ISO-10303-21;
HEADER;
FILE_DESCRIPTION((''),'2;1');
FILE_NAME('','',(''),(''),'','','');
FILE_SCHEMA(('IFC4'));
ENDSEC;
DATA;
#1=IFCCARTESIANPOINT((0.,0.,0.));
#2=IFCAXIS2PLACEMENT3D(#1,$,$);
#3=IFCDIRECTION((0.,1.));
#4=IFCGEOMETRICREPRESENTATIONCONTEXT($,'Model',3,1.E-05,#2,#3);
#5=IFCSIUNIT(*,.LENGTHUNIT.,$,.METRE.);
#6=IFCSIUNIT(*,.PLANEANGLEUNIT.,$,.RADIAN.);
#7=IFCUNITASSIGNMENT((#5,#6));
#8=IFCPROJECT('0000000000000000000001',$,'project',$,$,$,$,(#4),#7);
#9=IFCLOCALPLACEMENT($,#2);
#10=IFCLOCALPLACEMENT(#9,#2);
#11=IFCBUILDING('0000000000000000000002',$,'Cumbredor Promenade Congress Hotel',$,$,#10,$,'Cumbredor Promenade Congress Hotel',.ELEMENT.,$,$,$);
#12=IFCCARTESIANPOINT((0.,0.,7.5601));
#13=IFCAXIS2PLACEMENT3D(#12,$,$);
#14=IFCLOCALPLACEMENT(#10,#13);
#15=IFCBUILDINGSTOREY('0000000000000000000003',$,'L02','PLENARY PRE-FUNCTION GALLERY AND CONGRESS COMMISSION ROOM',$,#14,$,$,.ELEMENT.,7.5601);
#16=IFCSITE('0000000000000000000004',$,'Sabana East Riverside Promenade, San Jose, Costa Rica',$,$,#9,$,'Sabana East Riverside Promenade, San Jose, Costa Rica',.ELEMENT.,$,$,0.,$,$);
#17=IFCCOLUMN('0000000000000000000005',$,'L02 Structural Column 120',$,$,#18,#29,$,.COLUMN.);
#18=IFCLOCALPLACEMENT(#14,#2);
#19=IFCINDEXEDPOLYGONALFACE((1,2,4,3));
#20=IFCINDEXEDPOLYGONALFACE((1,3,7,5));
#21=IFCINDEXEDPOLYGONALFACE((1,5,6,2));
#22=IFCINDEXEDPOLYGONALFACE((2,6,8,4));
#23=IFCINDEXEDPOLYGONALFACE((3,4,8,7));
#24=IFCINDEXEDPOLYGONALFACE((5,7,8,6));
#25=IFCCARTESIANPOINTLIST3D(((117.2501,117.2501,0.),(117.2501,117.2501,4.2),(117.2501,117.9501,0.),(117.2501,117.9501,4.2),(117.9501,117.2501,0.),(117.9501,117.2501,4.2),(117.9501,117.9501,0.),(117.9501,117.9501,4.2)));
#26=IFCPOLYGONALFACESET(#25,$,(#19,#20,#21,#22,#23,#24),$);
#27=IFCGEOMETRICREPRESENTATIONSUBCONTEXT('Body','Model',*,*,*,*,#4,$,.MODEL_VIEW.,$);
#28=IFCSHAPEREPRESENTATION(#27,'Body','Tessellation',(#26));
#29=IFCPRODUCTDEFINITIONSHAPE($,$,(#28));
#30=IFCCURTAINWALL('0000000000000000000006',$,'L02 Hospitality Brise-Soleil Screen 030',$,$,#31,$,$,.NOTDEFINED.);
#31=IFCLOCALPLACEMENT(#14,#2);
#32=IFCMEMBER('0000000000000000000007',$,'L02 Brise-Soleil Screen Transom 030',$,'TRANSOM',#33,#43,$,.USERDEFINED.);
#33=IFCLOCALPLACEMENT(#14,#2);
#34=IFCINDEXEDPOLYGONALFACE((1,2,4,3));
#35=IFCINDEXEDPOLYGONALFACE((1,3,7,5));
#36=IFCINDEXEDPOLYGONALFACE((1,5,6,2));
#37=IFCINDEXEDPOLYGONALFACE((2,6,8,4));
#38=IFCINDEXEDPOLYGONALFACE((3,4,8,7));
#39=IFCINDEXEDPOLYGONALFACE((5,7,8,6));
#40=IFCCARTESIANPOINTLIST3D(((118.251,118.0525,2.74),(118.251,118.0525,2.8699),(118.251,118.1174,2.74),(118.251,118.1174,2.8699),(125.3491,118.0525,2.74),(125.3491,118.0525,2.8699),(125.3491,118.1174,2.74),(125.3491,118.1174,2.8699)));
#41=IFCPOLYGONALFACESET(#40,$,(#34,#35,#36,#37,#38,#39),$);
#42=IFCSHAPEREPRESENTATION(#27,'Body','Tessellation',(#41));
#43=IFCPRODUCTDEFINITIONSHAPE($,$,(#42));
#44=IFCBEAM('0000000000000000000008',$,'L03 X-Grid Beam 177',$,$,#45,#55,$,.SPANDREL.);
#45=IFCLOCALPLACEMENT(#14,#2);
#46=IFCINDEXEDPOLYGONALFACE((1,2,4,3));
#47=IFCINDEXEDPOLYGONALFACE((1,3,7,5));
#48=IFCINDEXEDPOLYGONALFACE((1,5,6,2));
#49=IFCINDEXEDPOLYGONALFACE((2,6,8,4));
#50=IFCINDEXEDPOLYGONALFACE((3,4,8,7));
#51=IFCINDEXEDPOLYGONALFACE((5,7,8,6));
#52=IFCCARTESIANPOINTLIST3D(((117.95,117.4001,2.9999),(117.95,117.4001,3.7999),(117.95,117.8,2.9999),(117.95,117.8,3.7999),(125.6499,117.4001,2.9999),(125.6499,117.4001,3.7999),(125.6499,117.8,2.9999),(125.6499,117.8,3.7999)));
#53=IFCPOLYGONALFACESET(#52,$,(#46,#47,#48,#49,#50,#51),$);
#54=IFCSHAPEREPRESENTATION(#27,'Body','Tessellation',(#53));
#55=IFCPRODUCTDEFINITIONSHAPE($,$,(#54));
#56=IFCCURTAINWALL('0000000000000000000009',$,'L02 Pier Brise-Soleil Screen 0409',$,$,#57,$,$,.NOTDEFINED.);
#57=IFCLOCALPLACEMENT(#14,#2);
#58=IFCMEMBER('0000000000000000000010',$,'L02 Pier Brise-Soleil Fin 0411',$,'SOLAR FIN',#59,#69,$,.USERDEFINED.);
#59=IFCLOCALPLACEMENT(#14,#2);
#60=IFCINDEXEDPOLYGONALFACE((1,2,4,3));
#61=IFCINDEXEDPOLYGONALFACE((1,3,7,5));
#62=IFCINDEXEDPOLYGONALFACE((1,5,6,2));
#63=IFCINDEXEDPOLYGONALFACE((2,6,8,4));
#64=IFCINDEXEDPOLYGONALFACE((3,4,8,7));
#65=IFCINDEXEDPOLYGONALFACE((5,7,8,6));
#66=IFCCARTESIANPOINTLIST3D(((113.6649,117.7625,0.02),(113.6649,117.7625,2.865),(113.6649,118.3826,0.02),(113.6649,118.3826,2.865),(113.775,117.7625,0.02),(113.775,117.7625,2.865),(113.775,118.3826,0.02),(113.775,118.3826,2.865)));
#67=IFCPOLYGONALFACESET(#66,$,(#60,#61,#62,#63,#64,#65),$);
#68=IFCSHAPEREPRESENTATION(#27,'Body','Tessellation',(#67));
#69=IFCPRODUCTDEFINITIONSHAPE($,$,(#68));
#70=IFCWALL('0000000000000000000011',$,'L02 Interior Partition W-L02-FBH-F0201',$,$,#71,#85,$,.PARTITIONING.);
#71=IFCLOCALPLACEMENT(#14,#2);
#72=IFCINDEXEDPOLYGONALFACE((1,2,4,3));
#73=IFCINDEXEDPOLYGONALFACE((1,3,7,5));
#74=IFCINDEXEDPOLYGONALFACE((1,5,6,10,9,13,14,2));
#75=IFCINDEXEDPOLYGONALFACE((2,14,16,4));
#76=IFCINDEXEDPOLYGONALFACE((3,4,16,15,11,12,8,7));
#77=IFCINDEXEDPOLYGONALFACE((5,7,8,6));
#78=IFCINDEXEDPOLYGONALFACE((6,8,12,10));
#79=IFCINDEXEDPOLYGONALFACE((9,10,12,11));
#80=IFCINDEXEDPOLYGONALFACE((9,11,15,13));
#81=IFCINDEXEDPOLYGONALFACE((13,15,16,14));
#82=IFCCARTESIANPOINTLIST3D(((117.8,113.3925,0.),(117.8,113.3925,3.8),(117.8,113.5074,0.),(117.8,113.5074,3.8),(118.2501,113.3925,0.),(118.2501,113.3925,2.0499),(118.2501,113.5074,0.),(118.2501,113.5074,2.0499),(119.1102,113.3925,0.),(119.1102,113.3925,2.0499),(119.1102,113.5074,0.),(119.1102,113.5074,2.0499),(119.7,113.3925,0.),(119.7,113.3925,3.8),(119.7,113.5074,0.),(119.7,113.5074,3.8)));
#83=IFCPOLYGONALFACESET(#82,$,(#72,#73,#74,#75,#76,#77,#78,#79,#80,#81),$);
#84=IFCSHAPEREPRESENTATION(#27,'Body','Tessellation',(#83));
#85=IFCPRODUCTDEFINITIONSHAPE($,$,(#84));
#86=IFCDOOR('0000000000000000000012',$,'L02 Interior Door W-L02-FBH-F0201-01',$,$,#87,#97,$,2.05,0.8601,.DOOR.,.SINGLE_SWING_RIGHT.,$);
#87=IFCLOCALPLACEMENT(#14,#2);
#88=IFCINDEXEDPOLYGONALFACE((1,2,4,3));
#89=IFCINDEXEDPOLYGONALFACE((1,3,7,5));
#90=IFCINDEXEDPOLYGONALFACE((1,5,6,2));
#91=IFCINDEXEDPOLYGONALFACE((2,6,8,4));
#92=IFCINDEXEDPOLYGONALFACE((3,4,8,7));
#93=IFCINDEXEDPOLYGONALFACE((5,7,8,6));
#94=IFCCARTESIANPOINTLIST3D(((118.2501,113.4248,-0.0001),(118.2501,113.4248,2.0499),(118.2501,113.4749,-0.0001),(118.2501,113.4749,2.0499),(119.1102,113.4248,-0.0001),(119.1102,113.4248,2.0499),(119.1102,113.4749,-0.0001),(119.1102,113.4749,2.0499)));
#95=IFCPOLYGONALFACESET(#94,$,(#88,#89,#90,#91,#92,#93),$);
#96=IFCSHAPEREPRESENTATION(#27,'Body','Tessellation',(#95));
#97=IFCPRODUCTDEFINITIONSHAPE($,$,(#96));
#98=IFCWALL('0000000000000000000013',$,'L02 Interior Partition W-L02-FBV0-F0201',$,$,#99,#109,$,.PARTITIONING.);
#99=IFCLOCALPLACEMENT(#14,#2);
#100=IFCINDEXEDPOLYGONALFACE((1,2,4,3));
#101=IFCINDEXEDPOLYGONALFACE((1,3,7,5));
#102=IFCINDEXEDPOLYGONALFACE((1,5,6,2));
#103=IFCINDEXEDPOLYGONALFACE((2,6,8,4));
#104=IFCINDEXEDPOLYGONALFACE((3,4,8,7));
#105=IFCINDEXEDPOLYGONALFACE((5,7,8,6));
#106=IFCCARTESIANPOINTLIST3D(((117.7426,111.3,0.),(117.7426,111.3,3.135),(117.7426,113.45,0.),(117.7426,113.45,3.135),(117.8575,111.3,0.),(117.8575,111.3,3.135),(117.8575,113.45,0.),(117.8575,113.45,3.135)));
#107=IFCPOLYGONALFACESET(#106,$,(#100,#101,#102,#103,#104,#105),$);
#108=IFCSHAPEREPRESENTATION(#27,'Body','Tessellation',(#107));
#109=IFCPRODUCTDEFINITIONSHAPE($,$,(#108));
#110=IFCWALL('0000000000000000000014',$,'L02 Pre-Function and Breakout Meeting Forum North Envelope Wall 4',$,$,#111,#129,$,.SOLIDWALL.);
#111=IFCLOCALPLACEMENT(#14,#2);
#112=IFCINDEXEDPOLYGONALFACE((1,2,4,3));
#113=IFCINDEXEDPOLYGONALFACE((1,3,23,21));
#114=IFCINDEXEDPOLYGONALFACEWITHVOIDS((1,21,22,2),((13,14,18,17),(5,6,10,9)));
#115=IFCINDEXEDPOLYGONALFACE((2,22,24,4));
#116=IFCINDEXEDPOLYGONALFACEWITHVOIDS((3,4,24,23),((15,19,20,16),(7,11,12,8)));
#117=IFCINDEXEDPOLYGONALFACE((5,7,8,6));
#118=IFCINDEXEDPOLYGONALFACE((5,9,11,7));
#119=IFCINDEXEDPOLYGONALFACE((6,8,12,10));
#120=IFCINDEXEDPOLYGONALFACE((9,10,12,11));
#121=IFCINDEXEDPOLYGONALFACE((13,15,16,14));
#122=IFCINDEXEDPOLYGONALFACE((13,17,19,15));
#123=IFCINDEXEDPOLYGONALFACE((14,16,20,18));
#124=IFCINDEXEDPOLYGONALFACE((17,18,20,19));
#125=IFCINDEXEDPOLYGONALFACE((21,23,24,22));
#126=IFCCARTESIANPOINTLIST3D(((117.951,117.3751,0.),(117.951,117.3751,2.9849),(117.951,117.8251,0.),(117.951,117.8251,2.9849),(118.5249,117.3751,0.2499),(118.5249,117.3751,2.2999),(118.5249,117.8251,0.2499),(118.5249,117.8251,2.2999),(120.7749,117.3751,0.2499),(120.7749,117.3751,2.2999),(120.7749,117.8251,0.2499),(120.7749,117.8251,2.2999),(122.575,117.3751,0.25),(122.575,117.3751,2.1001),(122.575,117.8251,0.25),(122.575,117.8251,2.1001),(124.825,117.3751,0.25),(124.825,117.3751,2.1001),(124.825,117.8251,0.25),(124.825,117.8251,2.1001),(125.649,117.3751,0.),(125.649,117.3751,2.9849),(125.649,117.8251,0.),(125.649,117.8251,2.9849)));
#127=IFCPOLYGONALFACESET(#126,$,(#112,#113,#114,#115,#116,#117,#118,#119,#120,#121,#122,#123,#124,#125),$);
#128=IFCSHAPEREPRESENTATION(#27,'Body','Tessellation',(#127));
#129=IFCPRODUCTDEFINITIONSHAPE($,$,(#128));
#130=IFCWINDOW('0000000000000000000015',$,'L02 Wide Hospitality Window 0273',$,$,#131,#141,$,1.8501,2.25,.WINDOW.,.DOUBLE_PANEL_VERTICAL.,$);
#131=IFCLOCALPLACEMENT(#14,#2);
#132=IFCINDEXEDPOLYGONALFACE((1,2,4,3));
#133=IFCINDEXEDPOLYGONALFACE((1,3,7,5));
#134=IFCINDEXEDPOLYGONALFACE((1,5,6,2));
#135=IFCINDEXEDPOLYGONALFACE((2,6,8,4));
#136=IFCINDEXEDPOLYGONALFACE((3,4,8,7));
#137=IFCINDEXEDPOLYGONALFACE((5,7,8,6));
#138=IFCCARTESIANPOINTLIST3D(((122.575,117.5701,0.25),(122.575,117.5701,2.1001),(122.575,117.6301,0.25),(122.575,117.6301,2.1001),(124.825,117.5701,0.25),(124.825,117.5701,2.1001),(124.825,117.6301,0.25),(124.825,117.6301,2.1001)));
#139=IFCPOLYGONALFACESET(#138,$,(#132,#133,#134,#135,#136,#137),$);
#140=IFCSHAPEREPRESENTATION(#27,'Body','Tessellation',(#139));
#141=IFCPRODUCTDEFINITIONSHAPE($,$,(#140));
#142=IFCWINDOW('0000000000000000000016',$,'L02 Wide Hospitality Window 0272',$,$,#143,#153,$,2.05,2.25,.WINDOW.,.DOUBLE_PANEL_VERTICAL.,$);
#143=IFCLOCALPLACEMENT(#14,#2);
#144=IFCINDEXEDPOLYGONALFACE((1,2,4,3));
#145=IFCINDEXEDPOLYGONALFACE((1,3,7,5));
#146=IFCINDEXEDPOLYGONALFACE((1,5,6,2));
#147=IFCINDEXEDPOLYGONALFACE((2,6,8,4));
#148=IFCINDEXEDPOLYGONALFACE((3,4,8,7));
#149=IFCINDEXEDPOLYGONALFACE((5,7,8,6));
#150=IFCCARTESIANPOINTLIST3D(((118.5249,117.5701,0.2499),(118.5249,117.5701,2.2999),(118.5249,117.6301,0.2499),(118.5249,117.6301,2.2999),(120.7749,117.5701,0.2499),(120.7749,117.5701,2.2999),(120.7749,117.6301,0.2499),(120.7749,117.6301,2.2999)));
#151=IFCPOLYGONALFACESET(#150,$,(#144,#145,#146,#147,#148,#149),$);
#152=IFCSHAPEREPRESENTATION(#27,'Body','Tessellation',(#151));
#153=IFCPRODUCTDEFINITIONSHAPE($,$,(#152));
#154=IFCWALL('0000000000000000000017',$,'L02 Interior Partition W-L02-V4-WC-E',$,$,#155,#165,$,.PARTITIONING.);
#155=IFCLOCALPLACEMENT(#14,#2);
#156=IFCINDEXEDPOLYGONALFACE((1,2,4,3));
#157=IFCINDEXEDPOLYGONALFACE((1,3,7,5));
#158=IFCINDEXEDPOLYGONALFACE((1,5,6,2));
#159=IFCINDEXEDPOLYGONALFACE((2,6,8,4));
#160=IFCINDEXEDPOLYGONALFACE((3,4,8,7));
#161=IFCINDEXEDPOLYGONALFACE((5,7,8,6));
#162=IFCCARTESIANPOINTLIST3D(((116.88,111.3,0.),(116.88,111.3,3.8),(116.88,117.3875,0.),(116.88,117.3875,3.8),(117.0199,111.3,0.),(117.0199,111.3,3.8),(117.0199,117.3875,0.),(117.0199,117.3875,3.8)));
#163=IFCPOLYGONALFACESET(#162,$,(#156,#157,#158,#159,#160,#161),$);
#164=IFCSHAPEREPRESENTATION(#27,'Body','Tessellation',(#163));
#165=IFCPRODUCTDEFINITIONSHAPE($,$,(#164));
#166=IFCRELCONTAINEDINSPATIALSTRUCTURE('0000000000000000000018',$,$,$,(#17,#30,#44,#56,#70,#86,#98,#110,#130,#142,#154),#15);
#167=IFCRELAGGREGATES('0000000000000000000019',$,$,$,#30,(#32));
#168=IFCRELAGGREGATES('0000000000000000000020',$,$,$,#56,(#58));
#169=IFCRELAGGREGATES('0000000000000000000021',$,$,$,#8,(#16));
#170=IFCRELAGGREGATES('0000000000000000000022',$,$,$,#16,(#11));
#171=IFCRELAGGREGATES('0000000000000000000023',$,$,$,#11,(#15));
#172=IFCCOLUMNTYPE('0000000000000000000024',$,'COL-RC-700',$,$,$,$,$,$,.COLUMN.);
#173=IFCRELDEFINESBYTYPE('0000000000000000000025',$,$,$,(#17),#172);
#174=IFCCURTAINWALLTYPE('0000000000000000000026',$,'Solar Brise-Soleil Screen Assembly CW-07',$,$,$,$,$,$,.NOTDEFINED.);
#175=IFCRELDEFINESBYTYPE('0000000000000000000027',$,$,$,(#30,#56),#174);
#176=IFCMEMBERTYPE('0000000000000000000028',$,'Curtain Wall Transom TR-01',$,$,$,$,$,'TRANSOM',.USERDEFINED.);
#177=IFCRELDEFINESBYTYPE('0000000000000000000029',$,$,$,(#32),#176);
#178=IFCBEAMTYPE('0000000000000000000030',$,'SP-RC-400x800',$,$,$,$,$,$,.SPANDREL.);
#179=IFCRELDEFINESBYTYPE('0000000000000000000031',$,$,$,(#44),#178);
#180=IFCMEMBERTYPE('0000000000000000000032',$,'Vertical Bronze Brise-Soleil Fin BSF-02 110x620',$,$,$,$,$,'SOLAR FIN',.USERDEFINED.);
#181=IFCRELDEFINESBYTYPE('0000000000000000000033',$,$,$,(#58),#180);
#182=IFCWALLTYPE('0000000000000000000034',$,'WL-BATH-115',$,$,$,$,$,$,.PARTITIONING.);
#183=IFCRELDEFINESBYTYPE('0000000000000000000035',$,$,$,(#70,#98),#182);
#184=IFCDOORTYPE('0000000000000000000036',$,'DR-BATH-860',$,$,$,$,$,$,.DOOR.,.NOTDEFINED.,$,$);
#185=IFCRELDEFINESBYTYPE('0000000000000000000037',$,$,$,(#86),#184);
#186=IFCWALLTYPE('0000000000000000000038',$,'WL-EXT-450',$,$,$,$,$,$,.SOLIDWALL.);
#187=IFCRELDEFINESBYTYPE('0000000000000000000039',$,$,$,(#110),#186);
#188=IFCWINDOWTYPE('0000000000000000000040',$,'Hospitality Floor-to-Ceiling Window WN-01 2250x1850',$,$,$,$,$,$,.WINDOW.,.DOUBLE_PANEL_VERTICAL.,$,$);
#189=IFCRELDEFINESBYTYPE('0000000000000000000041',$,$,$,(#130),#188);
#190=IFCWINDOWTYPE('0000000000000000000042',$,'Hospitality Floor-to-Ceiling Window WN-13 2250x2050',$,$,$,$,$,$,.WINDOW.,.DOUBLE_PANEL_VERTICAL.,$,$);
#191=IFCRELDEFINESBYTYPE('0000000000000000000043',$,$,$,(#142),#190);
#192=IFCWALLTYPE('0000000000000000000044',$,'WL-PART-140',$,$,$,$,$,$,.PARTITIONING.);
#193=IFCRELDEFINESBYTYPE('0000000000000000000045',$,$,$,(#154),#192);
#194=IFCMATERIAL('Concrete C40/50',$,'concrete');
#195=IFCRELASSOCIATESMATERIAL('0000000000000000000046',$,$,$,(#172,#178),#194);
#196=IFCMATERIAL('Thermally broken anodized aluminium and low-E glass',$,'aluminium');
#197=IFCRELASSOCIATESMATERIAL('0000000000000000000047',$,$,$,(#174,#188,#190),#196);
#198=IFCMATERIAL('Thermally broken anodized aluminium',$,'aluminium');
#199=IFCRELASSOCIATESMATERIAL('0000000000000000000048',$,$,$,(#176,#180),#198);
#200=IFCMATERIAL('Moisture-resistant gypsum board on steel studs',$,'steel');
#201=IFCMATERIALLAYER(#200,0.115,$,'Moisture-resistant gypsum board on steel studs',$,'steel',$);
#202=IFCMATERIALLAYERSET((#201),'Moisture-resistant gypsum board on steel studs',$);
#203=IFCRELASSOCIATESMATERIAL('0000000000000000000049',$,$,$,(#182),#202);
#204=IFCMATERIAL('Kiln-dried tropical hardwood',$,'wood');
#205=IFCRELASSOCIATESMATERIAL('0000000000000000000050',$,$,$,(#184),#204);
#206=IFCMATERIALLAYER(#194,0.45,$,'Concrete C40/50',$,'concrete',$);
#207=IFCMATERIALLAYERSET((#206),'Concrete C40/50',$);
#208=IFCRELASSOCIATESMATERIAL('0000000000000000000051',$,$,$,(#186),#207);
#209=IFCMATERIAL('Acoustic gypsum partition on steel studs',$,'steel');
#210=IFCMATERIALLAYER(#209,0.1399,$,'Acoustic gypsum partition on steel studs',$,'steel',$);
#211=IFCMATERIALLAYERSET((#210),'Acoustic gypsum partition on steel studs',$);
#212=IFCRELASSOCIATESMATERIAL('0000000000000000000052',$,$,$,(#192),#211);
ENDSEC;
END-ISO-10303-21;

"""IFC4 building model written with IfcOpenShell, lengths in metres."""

from ifc_helpers import new_model, si_unit, direction, frame, frame_2d, origin, origin_2d, place, context, subcontext, project, spatial, rectangle, extrude, material, layer, layer_set, material_profile, profile_set, type_object, element, fill, aggregate, save


model = new_model("IFC4")

# Units and contexts
model_context = context("Model", 3, precision=1e-05, world=origin(), true_north=direction((0.0, 1.0)))
body_context = subcontext(model_context, "Body", "Model", "MODEL_VIEW")
ifc_project = project(units=[si_unit("LENGTHUNIT", "METRE"), si_unit("PLANEANGLEUNIT", "RADIAN")], contexts=[model_context])

# Site, building, storey
site_placement = place(None, origin())
site = spatial("IfcSite", under=ifc_project, at=site_placement, Name="Sabana East Riverside Promenade, San Jose, Costa Rica", LongName="Sabana East Riverside Promenade, San Jose, Costa Rica", CompositionType="ELEMENT", RefElevation=0.0)
building_placement = place(site_placement, origin())
building = spatial("IfcBuilding", under=site, at=building_placement, Name="Cumbredor Promenade Congress Hotel", LongName="Cumbredor Promenade Congress Hotel", CompositionType="ELEMENT")
storey_placement = place(building_placement, frame((0.0, 0.0, 7.5601)))
storey = spatial("IfcBuildingStorey", under=building, at=storey_placement, Name="L02", Description="PLENARY PRE-FUNCTION GALLERY AND CONGRESS COMMISSION ROOM", CompositionType="ELEMENT", Elevation=7.5601)

# Column
ifc_material_1 = material(Name="Concrete C40/50", Category="concrete")
ifc_material_profile_1 = material_profile(ifc_material_1, rectangle(XDim=0.7, YDim=0.7, at=origin_2d()), Name="RC 700x700")
ifc_profile_set_1 = profile_set([ifc_material_profile_1], Name="Concrete C40/50")
column_type = type_object("IfcColumnType", Name="COL-RC-700", PredefinedType="COLUMN", material=ifc_profile_set_1)
column_placement = place(storey_placement, frame((117.6001, 117.6001, 0.0), z_axis=(0.0, 0.0, 1.0), x_axis=(1.0, 0.0, 0.0)))
element("IfcColumn", 1, at=column_placement, inside=storey, type_object=column_type, Name="L02 Structural Column 120", PredefinedType="COLUMN", context=body_context, shape_type="SweptSolid", body=[
    extrude(rectangle(XDim=0.7, YDim=0.7, at=origin_2d()), origin(), (0.0, 0.0, 1.0), 4.2),
])

# Curtain wall, member
ifc_material_2 = material(Name="Thermally broken anodized aluminium and low-E glass", Category="aluminium")
curtain_wall_type = type_object("IfcCurtainWallType", Name="Solar Brise-Soleil Screen Assembly CW-07", PredefinedType="NOTDEFINED", material=ifc_material_2)
curtain_wall_1_placement = place(storey_placement, origin())
curtain_wall_1 = element("IfcCurtainWall", 2, at=curtain_wall_1_placement, inside=storey, type_object=curtain_wall_type, Name="L02 Hospitality Brise-Soleil Screen 030", PredefinedType="NOTDEFINED")
ifc_material_3 = material(Name="Thermally broken anodized aluminium", Category="aluminium")
ifc_material_profile_2 = material_profile(ifc_material_3, rectangle(XDim=0.0649, YDim=0.1299, at=origin_2d()), Name="ALU TRANSOM 65x130")
ifc_profile_set_2 = profile_set([ifc_material_profile_2], Name="Thermally broken anodized aluminium")
member_type_1 = type_object("IfcMemberType", Name="Curtain Wall Transom TR-01", ElementType="TRANSOM", PredefinedType="USERDEFINED", material=ifc_profile_set_2)
member_1_placement = place(storey_placement, frame((118.251, 118.085, 2.8049), z_axis=(1.0, 0.0, 0.0), x_axis=(0.0, 1.0, 0.0)))
member_1 = element("IfcMember", 3, at=member_1_placement, type_object=member_type_1, Name="L02 Brise-Soleil Screen Transom 030", ObjectType="TRANSOM", PredefinedType="USERDEFINED", context=body_context, shape_type="SweptSolid", body=[
    extrude(rectangle(XDim=0.0649, YDim=0.1299, at=origin_2d()), origin(), (0.0, 0.0, 1.0), 7.0981),
])
aggregate(curtain_wall_1, [member_1])

# Beam
ifc_material_profile_3 = material_profile(ifc_material_1, rectangle(XDim=0.3999, YDim=0.8, at=origin_2d()), Name="RC SPANDREL 400x800")
ifc_profile_set_3 = profile_set([ifc_material_profile_3], Name="Concrete C40/50")
beam_type = type_object("IfcBeamType", Name="SP-RC-400x800", PredefinedType="SPANDREL", material=ifc_profile_set_3)
beam_placement = place(storey_placement, frame((117.95, 117.6001, 3.3999), z_axis=(1.0, 0.0, 0.0), x_axis=(0.0, 1.0, 0.0)))
element("IfcBeam", 4, at=beam_placement, inside=storey, type_object=beam_type, Name="L03 X-Grid Beam 177", PredefinedType="SPANDREL", context=body_context, shape_type="SweptSolid", body=[
    extrude(rectangle(XDim=0.3999, YDim=0.8, at=origin_2d()), origin(), (0.0, 0.0, 1.0), 7.7),
])

# Curtain wall, member
curtain_wall_2_placement = place(storey_placement, origin())
curtain_wall_2 = element("IfcCurtainWall", 5, at=curtain_wall_2_placement, inside=storey, type_object=curtain_wall_type, Name="L02 Pier Brise-Soleil Screen 0409", PredefinedType="NOTDEFINED")
ifc_material_profile_4 = material_profile(ifc_material_3, rectangle(XDim=0.1101, YDim=0.6201, at=origin_2d()), Name="ARCH FIN 110x620")
ifc_profile_set_4 = profile_set([ifc_material_profile_4], Name="Thermally broken anodized aluminium")
member_type_2 = type_object("IfcMemberType", Name="Vertical Bronze Brise-Soleil Fin BSF-02 110x620", ElementType="SOLAR FIN", PredefinedType="USERDEFINED", material=ifc_profile_set_4)
member_2_placement = place(storey_placement, frame((113.72, 118.0725, 0.02), z_axis=(0.0, 0.0, 1.0), x_axis=(1.0, 0.0, 0.0)))
member_2 = element("IfcMember", 6, at=member_2_placement, type_object=member_type_2, Name="L02 Pier Brise-Soleil Fin 0411", ObjectType="SOLAR FIN", PredefinedType="USERDEFINED", context=body_context, shape_type="SweptSolid", body=[
    extrude(rectangle(XDim=0.1101, YDim=0.6201, at=origin_2d()), origin(), (0.0, 0.0, 1.0), 2.845),
])
aggregate(curtain_wall_2, [member_2])

# Wall, opening, door
ifc_material_4 = material(Name="Moisture-resistant gypsum board on steel studs", Category="steel")
ifc_layer_1 = layer(ifc_material_4, 0.115, Name="Moisture-resistant gypsum board on steel studs", Category="steel")
ifc_layer_set_1 = layer_set([ifc_layer_1], Name="Moisture-resistant gypsum board on steel studs")
wall_type_1 = type_object("IfcWallType", Name="WL-BATH-115", PredefinedType="PARTITIONING", material=ifc_layer_set_1)
wall_1_placement = place(storey_placement, frame((117.8, 113.45, 0.0), z_axis=(0.0, 0.0, 1.0), x_axis=(1.0, 0.0, 0.0)))
wall_1 = element("IfcWall", 7, at=wall_1_placement, inside=storey, type_object=wall_type_1, Name="L02 Interior Partition W-L02-FBH-F0201", PredefinedType="PARTITIONING", context=body_context, shape_type="SweptSolid", body=[
    extrude(rectangle(XDim=1.8999, YDim=0.115, at=frame_2d((0.95, 0.0))), origin(), (0.0, 0.0, 1.0), 3.8),
])
opening_1_placement = place(wall_1_placement, frame((0.45, 0.0, 0.0)))
opening_1 = element("IfcOpeningElement", 8, at=opening_1_placement, cuts=wall_1, PredefinedType="OPENING", context=body_context, shape_type="SweptSolid", body=[
    extrude(rectangle(XDim=0.8601, YDim=2.05, at=frame_2d((0.4302, 1.0249))), frame((0.0, 0.0674, 0.0), z_axis=(0.0, -1.0, 0.0), x_axis=(1.0, 0.0, 0.0)), (0.0, 0.0, 1.0), 0.135),
])
ifc_material_5 = material(Name="Kiln-dried tropical hardwood", Category="wood")
door_type_1 = type_object("IfcDoorType", Name="DR-BATH-860", OperationType="NOTDEFINED", PredefinedType="DOOR", material=ifc_material_5)
door_1_placement = place(opening_1_placement, origin())
door_1 = element("IfcDoor", 9, at=door_1_placement, inside=storey, type_object=door_type_1, Name="L02 Interior Door W-L02-FBH-F0201-01", OperationType="SINGLE_SWING_RIGHT", OverallHeight=2.05, OverallWidth=0.8601, PredefinedType="DOOR", context=body_context, shape_type="SweptSolid", body=[
    extrude(rectangle(XDim=0.8601, YDim=2.05, at=frame_2d((0.4302, 1.0249))), frame((0.0, 0.0249, 0.0), z_axis=(0.0, -1.0, 0.0), x_axis=(1.0, 0.0, 0.0)), (0.0, 0.0, 1.0), 0.05),
])
fill(opening_1, door_1)

# Wall
wall_2_placement = place(storey_placement, frame((117.8, 111.3, 0.0), z_axis=(0.0, 0.0, 1.0), x_axis=(0.0, 1.0, 0.0)))
element("IfcWall", 10, at=wall_2_placement, inside=storey, type_object=wall_type_1, Name="L02 Interior Partition W-L02-FBV0-F0201", PredefinedType="PARTITIONING", context=body_context, shape_type="SweptSolid", body=[
    extrude(rectangle(XDim=2.1499, YDim=0.115, at=frame_2d((1.075, 0.0))), origin(), (0.0, 0.0, 1.0), 3.135),
])

# Wall, openings, windows
ifc_layer_2 = layer(ifc_material_1, 0.45, Name="Concrete C40/50", Category="concrete")
ifc_layer_set_2 = layer_set([ifc_layer_2], Name="Concrete C40/50")
wall_type_2 = type_object("IfcWallType", Name="WL-EXT-450", PredefinedType="SOLIDWALL", material=ifc_layer_set_2)
wall_3_placement = place(storey_placement, frame((117.9509, 117.6001, 0.0), z_axis=(0.0, 0.0, 1.0), x_axis=(1.0, 0.0, 0.0)))
wall_3 = element("IfcWall", 11, at=wall_3_placement, inside=storey, type_object=wall_type_2, Name="L02 Pre-Function and Breakout Meeting Forum North Envelope Wall 4", PredefinedType="SOLIDWALL", context=body_context, shape_type="SweptSolid", body=[
    extrude(rectangle(XDim=7.698, YDim=0.45, at=frame_2d((3.8491, 0.0))), origin(), (0.0, 0.0, 1.0), 2.9849),
])
opening_2_placement = place(wall_3_placement, frame((0.574, 0.0, 0.25)))
opening_2 = element("IfcOpeningElement", 12, at=opening_2_placement, cuts=wall_3, PredefinedType="OPENING", context=body_context, shape_type="SweptSolid", body=[
    extrude(rectangle(XDim=2.25, YDim=2.05, at=frame_2d((1.125, 1.0249))), frame((0.0, 0.2349, 0.0), z_axis=(0.0, -1.0, 0.0), x_axis=(1.0, 0.0, 0.0)), (0.0, 0.0, 1.0), 0.47),
])
opening_3_placement = place(wall_3_placement, frame((4.624, 0.0, 0.25)))
opening_3 = element("IfcOpeningElement", 13, at=opening_3_placement, cuts=wall_3, PredefinedType="OPENING", context=body_context, shape_type="SweptSolid", body=[
    extrude(rectangle(XDim=2.25, YDim=1.8501, at=frame_2d((1.125, 0.925))), frame((0.0, 0.2349, 0.0), z_axis=(0.0, -1.0, 0.0), x_axis=(1.0, 0.0, 0.0)), (0.0, 0.0, 1.0), 0.47),
])
window_type_1 = type_object("IfcWindowType", Name="Hospitality Floor-to-Ceiling Window WN-01 2250x1850", PartitioningType="DOUBLE_PANEL_VERTICAL", PredefinedType="WINDOW", material=ifc_material_2)
window_1_placement = place(opening_3_placement, origin())
window_1 = element("IfcWindow", 14, at=window_1_placement, inside=storey, type_object=window_type_1, Name="L02 Wide Hospitality Window 0273", OverallHeight=1.8501, OverallWidth=2.25, PartitioningType="DOUBLE_PANEL_VERTICAL", PredefinedType="WINDOW", context=body_context, shape_type="SweptSolid", body=[
    extrude(rectangle(XDim=2.25, YDim=1.8501, at=frame_2d((1.125, 0.925))), frame((0.0, 0.03, 0.0), z_axis=(0.0, -1.0, 0.0), x_axis=(1.0, 0.0, 0.0)), (0.0, 0.0, 1.0), 0.0601),
])
fill(opening_3, window_1)
window_type_2 = type_object("IfcWindowType", Name="Hospitality Floor-to-Ceiling Window WN-13 2250x2050", PartitioningType="DOUBLE_PANEL_VERTICAL", PredefinedType="WINDOW", material=ifc_material_2)
window_2_placement = place(opening_2_placement, origin())
window_2 = element("IfcWindow", 15, at=window_2_placement, inside=storey, type_object=window_type_2, Name="L02 Wide Hospitality Window 0272", OverallHeight=2.05, OverallWidth=2.25, PartitioningType="DOUBLE_PANEL_VERTICAL", PredefinedType="WINDOW", context=body_context, shape_type="SweptSolid", body=[
    extrude(rectangle(XDim=2.25, YDim=2.05, at=frame_2d((1.125, 1.0249))), frame((0.0, 0.03, 0.0), z_axis=(0.0, -1.0, 0.0), x_axis=(1.0, 0.0, 0.0)), (0.0, 0.0, 1.0), 0.0601),
])
fill(opening_2, window_2)

# Wall
ifc_material_6 = material(Name="Acoustic gypsum partition on steel studs", Category="steel")
ifc_layer_3 = layer(ifc_material_6, 0.1399, Name="Acoustic gypsum partition on steel studs", Category="steel")
ifc_layer_set_3 = layer_set([ifc_layer_3], Name="Acoustic gypsum partition on steel studs")
wall_type_3 = type_object("IfcWallType", Name="WL-PART-140", PredefinedType="PARTITIONING", material=ifc_layer_set_3)
wall_4_placement = place(storey_placement, frame((116.95, 111.3, 0.0), z_axis=(0.0, 0.0, 1.0), x_axis=(0.0, 1.0, 0.0)))
element("IfcWall", 16, at=wall_4_placement, inside=storey, type_object=wall_type_3, Name="L02 Interior Partition W-L02-V4-WC-E", PredefinedType="PARTITIONING", context=body_context, shape_type="SweptSolid", body=[
    extrude(rectangle(XDim=6.0874, YDim=0.1399, at=frame_2d((3.0437, 0.0))), origin(), (0.0, 0.0, 1.0), 3.8),
])

save(model, "model.ifc")
